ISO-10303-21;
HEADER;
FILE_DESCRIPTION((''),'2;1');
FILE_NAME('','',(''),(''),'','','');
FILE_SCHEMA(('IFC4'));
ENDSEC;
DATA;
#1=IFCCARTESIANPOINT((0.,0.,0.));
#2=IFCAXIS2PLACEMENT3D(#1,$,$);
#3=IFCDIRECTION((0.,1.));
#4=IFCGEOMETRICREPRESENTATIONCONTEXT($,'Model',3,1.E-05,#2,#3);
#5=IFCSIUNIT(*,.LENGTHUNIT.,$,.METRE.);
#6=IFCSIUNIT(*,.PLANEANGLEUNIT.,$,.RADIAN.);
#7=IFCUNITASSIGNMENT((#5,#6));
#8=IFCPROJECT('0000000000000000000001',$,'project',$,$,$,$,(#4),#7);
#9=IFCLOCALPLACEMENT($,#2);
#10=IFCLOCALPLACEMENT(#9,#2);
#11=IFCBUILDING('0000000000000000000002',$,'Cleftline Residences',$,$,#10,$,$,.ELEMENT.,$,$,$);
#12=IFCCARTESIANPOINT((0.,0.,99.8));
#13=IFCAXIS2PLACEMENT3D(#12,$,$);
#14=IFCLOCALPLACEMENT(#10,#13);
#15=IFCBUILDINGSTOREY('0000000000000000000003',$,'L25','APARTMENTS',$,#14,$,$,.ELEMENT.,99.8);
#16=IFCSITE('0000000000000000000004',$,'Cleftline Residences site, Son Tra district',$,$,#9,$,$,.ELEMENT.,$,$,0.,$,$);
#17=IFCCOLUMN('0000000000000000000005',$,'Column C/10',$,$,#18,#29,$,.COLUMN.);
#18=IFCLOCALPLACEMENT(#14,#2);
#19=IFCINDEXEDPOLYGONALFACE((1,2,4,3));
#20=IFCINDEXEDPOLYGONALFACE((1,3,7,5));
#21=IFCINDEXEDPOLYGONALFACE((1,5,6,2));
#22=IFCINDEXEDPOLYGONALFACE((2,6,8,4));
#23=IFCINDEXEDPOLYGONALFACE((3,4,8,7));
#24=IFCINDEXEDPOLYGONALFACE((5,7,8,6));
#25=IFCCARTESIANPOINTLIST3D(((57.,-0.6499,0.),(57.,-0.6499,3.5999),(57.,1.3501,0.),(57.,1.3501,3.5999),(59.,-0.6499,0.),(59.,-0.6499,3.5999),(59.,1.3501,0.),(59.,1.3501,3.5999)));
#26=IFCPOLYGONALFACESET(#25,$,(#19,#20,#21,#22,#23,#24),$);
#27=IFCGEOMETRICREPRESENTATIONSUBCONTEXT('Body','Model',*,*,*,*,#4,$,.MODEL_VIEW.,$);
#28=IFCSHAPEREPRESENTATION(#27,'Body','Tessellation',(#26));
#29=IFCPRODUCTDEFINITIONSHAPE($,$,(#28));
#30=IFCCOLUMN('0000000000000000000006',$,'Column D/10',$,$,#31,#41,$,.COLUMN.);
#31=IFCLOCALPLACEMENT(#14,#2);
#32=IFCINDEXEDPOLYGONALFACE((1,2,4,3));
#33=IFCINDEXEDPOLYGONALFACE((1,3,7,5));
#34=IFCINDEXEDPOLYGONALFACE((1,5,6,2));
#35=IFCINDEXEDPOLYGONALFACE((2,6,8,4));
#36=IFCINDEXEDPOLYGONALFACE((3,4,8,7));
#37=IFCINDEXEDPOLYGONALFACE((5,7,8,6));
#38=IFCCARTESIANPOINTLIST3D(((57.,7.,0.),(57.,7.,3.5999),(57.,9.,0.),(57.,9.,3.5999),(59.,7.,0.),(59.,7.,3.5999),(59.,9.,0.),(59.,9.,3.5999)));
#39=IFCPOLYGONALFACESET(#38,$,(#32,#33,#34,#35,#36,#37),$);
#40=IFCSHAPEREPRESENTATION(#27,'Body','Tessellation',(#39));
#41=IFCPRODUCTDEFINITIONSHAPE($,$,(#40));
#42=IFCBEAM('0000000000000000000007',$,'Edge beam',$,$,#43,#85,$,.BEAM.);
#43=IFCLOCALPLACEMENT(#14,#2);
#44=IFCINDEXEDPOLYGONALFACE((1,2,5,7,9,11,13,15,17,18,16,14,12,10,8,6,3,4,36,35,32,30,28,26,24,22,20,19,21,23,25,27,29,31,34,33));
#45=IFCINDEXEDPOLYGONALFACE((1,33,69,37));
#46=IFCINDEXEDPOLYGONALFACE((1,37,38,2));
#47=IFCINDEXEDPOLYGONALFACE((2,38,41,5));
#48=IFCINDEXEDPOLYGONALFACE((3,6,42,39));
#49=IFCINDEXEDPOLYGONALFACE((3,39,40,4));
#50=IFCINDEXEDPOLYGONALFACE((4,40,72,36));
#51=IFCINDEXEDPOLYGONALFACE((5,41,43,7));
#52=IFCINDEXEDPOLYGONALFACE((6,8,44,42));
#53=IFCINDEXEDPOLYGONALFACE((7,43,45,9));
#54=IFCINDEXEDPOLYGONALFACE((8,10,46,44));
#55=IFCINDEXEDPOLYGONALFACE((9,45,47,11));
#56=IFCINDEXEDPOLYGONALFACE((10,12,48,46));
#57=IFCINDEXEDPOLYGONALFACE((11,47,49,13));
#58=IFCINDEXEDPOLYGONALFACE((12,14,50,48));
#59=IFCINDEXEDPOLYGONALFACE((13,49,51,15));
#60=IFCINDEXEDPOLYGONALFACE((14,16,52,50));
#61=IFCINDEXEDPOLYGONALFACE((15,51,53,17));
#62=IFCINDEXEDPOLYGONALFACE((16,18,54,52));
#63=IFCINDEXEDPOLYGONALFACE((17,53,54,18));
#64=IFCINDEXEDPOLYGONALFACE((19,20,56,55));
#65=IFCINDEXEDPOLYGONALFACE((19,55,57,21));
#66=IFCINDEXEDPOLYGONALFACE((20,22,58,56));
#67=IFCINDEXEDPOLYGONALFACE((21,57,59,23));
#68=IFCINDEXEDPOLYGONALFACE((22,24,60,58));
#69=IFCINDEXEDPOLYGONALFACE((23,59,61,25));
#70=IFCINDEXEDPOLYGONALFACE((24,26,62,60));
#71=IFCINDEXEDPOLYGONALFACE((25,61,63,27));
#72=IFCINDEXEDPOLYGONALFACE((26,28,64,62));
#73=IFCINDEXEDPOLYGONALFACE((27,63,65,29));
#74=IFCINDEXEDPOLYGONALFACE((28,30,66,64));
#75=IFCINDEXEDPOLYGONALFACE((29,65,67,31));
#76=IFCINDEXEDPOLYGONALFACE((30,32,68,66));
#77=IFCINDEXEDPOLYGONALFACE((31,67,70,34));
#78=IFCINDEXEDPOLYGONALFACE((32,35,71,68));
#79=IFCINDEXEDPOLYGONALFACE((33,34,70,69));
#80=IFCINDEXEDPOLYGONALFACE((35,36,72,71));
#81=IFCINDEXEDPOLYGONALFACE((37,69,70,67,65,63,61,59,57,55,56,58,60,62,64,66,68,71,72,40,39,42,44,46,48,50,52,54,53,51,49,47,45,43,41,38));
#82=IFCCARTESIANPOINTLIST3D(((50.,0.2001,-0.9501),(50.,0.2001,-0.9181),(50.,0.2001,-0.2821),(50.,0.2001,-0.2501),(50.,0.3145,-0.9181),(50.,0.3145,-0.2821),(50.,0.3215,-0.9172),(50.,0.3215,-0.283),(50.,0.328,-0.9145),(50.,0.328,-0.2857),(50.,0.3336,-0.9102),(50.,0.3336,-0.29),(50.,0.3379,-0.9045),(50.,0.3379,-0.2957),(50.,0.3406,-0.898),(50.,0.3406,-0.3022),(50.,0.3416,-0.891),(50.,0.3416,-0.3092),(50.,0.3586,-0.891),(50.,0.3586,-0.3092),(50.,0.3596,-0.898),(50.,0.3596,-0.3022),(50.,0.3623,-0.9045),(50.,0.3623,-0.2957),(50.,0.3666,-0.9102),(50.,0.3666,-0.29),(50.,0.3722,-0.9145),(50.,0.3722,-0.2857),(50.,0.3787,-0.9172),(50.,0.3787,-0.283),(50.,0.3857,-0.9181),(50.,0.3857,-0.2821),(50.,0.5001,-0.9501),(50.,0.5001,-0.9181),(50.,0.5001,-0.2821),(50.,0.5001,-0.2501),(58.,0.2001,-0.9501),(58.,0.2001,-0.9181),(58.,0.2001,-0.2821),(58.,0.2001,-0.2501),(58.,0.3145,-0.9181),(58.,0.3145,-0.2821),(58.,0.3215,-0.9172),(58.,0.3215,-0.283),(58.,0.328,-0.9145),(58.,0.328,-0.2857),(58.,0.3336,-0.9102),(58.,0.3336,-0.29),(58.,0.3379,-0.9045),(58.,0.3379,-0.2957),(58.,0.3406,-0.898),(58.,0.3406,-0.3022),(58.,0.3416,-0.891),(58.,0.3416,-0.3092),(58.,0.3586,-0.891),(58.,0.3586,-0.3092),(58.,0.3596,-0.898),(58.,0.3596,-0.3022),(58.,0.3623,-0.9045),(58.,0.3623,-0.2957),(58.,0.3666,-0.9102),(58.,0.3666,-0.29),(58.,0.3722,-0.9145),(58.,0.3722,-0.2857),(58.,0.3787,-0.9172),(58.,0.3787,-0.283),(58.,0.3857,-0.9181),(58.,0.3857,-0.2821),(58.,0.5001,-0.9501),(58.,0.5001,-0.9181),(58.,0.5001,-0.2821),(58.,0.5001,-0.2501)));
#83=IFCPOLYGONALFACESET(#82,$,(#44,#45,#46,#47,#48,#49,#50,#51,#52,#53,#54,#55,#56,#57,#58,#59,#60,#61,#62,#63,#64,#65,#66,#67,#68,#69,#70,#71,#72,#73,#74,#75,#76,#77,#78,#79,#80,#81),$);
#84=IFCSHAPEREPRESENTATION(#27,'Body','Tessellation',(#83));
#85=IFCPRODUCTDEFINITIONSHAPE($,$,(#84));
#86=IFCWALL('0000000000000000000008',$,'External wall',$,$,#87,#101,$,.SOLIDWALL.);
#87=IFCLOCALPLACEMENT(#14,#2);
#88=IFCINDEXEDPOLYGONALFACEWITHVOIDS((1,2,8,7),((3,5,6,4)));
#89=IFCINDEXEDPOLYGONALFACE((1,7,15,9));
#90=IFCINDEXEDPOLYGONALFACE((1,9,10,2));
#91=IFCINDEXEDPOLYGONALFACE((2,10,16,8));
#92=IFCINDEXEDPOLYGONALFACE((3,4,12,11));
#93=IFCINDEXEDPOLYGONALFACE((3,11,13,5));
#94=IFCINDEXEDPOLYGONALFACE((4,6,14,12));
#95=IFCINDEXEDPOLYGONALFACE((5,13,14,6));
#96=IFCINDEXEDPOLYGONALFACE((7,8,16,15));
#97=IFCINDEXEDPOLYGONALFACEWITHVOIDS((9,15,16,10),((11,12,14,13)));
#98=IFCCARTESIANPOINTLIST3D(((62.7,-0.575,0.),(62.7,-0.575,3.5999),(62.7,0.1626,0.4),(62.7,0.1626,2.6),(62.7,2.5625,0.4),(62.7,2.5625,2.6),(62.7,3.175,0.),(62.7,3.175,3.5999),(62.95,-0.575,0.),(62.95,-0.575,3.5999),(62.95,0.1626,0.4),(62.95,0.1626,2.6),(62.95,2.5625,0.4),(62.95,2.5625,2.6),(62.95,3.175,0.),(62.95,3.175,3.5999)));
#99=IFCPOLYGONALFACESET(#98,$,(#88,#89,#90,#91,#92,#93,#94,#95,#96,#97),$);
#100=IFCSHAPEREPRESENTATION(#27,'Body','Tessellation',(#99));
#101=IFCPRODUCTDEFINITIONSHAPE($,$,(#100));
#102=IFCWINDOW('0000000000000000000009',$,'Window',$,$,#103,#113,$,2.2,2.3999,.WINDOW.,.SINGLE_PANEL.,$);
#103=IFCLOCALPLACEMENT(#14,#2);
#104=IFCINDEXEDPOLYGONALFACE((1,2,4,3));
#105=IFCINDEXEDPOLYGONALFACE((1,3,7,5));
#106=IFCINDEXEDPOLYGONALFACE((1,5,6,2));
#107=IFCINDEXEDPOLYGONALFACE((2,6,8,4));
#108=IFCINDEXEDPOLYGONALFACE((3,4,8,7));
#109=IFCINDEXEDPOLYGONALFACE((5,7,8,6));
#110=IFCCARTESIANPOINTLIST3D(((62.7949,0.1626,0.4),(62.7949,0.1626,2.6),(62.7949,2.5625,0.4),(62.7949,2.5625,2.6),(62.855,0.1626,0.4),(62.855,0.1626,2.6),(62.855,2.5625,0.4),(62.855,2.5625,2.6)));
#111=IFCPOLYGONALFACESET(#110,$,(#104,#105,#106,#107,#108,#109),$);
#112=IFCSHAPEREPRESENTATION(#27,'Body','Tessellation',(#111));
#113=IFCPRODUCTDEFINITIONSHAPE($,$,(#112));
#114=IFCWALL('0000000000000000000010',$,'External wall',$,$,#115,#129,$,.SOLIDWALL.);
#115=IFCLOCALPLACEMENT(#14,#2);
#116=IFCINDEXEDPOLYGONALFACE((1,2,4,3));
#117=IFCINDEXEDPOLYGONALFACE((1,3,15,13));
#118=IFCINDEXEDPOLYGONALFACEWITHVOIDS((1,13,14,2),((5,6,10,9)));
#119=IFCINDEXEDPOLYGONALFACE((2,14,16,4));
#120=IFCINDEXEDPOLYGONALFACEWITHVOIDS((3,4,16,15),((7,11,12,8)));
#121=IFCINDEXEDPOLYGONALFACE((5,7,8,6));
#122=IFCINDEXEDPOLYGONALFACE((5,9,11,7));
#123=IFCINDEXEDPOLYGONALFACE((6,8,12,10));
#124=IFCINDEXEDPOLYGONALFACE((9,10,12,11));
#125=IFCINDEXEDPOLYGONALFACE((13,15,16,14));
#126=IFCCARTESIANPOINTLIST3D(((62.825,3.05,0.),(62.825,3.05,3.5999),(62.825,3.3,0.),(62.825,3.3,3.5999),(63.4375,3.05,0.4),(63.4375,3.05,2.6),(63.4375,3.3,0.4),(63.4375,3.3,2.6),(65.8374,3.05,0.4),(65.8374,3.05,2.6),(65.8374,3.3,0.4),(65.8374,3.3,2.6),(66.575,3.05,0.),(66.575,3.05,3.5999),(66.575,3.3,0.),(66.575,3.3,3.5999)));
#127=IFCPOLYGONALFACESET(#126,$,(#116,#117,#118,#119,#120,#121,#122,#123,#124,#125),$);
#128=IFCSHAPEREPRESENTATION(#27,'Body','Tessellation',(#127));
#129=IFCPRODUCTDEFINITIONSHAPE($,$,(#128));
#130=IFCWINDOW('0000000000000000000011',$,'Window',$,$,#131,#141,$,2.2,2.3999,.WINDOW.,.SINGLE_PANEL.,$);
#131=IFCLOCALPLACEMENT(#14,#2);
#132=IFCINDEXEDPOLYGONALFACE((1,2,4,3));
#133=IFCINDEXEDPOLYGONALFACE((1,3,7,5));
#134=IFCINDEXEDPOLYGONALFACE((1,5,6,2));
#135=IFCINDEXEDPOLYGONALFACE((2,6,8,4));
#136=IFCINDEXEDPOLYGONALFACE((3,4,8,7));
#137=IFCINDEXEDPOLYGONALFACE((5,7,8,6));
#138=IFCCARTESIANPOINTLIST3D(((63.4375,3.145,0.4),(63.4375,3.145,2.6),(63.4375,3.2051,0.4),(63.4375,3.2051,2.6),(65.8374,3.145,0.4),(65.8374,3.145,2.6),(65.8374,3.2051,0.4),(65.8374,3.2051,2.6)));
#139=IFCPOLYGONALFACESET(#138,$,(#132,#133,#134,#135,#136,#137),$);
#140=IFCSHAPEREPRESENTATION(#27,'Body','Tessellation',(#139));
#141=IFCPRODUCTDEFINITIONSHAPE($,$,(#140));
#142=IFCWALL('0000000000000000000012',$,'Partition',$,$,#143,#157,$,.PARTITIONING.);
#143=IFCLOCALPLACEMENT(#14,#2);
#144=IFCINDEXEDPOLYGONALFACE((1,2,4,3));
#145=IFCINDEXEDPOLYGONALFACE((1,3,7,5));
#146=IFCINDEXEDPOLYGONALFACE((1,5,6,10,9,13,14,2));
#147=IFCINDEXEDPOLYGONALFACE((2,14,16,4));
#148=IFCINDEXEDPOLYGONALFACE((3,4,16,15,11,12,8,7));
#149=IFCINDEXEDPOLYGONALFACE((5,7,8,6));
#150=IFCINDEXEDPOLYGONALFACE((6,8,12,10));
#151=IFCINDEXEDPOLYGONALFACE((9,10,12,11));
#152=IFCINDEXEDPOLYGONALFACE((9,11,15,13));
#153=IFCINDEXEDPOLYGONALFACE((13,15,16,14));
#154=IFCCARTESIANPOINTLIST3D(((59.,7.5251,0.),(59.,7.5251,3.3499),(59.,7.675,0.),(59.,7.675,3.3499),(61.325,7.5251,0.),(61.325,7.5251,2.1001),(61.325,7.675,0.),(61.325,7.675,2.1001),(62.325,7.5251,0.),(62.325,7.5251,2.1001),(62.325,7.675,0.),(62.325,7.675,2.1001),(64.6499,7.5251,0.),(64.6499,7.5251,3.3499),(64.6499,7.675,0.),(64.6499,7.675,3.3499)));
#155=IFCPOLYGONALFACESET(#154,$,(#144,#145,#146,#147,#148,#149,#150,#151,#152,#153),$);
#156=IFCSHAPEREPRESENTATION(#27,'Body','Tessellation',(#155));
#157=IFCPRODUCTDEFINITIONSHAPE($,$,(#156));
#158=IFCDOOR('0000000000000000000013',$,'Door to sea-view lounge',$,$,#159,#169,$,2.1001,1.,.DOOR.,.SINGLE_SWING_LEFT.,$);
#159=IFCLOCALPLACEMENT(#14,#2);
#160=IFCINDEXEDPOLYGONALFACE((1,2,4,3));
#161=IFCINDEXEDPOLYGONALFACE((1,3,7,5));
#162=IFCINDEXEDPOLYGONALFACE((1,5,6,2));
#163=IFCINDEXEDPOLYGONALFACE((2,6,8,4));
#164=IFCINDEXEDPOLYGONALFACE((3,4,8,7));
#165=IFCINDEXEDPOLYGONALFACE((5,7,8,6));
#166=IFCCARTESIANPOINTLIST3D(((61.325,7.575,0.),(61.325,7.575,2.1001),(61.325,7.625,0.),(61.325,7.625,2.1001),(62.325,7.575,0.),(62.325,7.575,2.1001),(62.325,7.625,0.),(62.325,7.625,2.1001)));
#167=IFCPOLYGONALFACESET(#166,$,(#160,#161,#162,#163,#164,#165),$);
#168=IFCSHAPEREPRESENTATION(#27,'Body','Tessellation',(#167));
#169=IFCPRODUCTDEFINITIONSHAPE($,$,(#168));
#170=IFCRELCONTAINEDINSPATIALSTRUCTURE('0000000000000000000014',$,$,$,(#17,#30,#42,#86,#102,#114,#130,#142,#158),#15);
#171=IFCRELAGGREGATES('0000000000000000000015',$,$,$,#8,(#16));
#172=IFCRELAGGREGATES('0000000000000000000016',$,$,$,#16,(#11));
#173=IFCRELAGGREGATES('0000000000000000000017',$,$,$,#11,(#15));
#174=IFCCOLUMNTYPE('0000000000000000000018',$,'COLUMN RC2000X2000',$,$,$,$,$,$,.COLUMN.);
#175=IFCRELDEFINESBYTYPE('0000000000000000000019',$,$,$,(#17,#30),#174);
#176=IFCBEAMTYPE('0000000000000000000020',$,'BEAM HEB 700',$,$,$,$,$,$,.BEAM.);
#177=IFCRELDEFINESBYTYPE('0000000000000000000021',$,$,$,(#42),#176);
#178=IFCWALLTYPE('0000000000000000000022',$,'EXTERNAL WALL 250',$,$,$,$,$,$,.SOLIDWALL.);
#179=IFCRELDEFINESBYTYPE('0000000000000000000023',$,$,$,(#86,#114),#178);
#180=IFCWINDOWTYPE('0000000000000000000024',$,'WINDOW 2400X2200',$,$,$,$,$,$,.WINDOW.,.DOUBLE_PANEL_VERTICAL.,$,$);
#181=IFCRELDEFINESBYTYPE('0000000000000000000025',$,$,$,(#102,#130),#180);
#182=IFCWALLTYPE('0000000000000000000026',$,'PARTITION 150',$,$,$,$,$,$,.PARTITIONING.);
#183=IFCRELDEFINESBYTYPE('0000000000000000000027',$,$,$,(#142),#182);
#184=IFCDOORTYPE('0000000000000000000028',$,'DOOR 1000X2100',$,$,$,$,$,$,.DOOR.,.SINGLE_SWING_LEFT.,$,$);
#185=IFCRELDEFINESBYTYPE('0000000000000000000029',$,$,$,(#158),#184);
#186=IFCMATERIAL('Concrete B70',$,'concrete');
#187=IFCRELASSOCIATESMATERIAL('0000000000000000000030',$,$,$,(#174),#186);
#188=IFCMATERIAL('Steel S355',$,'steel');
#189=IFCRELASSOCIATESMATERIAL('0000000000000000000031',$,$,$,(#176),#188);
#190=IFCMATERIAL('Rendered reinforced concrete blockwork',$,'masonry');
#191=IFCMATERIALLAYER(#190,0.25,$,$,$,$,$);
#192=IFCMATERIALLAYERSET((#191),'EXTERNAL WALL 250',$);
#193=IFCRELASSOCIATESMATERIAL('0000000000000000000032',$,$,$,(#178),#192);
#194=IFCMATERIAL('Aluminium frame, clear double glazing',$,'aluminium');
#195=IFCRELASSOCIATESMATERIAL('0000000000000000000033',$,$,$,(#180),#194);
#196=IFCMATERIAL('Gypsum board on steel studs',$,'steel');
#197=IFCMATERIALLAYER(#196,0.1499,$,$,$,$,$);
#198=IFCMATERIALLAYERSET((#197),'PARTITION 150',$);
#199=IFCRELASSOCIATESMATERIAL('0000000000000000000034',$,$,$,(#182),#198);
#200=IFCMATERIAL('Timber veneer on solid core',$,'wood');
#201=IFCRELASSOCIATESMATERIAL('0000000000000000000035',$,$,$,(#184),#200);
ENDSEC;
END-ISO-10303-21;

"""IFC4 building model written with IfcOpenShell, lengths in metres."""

from ifc_helpers import new_model, si_unit, direction, frame, frame_2d, origin, origin_2d, place, context, subcontext, project, spatial, rectangle, i_section, extrude, material, layer, layer_set, material_profile, profile_set, type_object, element, fill, save


model = new_model("IFC4")

# Units and contexts
model_context = context("Model", 3, precision=1e-05, world=origin(), true_north=direction((0.0, 1.0)))
body_context = subcontext(model_context, "Body", "Model", "MODEL_VIEW")
ifc_project = project(units=[si_unit("LENGTHUNIT", "METRE"), si_unit("PLANEANGLEUNIT", "RADIAN")], contexts=[model_context])

# Site, building, storey
site_placement = place(None, origin())
site = spatial("IfcSite", under=ifc_project, at=site_placement, Name="Cleftline Residences site, Son Tra district", CompositionType="ELEMENT", RefElevation=0.0)
building_placement = place(site_placement, origin())
building = spatial("IfcBuilding", under=site, at=building_placement, Name="Cleftline Residences", CompositionType="ELEMENT")
storey_placement = place(building_placement, frame((0.0, 0.0, 99.8)))
storey = spatial("IfcBuildingStorey", under=building, at=storey_placement, Name="L25", Description="APARTMENTS", CompositionType="ELEMENT", Elevation=99.8)

# Columns
ifc_material_1 = material(Name="Concrete B70", Category="concrete")
ifc_material_profile_1 = material_profile(ifc_material_1, rectangle(XDim=2.0, YDim=2.0, at=origin_2d()))
ifc_profile_set_1 = profile_set([ifc_material_profile_1], Name="Concrete B70")
column_type = type_object("IfcColumnType", Name="COLUMN RC2000X2000", PredefinedType="COLUMN", material=ifc_profile_set_1)
for number, where, z_axis, x_axis, name in (
    (1, (58.0, 0.3501, 0.0), (0.0, 0.0, 1.0), (1.0, 0.0, 0.0), "Column C/10"),
    (2, (58.0, 8.0, 0.0), (0.0, 0.0, 1.0), (1.0, 0.0, 0.0), "Column D/10"),
):
    element("IfcColumn", number, at=place(storey_placement, frame(where, z_axis=z_axis, x_axis=x_axis)), inside=storey, type_object=column_type, Name=name, PredefinedType="COLUMN", context=body_context, shape_type="SweptSolid", body=[
        extrude(rectangle(XDim=2.0, YDim=2.0, at=origin_2d()), origin(), (0.0, 0.0, 1.0), 3.5999),
    ])

# Beam
ifc_material_2 = material(Name="Steel S355", Category="steel")
ifc_material_profile_2 = material_profile(ifc_material_2, i_section(OverallWidth=0.3, OverallDepth=0.7, WebThickness=0.0171, FlangeThickness=0.032, FilletRadius=0.0271, at=origin_2d()))
ifc_profile_set_2 = profile_set([ifc_material_profile_2], Name="Steel S355")
beam_type = type_object("IfcBeamType", Name="BEAM HEB 700", PredefinedType="BEAM", material=ifc_profile_set_2)
beam_placement = place(storey_placement, frame((58.0, 0.3501, -0.6001), z_axis=(-1.0, 0.0, 0.0), x_axis=(0.0, -1.0, 0.0)))
element("IfcBeam", 3, at=beam_placement, inside=storey, type_object=beam_type, Name="Edge beam", PredefinedType="BEAM", context=body_context, shape_type="SweptSolid", body=[
    extrude(i_section(OverallWidth=0.3, OverallDepth=0.7, WebThickness=0.0171, FlangeThickness=0.032, FilletRadius=0.0271, at=origin_2d()), origin(), (0.0, 0.0, 1.0), 8.0),
])

# Walls, openings, windows
ifc_material_3 = material(Name="Rendered reinforced concrete blockwork", Category="masonry")
ifc_layer_1 = layer(ifc_material_3, 0.25)
ifc_layer_set_1 = layer_set([ifc_layer_1], Name="EXTERNAL WALL 250")
wall_type_1 = type_object("IfcWallType", Name="EXTERNAL WALL 250", PredefinedType="SOLIDWALL", material=ifc_layer_set_1)
wall_1_placement = place(storey_placement, frame((62.825, -0.575, 0.0), z_axis=(0.0, 0.0, 1.0), x_axis=(0.0, 1.0, 0.0)))
wall_1 = element("IfcWall", 4, at=wall_1_placement, inside=storey, type_object=wall_type_1, Name="External wall", PredefinedType="SOLIDWALL", context=body_context, shape_type="SweptSolid", body=[
    extrude(rectangle(XDim=3.75, YDim=0.25, at=frame_2d((1.875, 0.0))), origin(), (0.0, 0.0, 1.0), 3.5999),
])
opening_1_placement = place(wall_1_placement, frame((0.7375, 0.0, 0.3999)))
opening_1 = element("IfcOpeningElement", 5, at=opening_1_placement, cuts=wall_1, PredefinedType="OPENING", context=body_context, shape_type="SweptSolid", body=[
    extrude(rectangle(XDim=2.3999, YDim=2.2, at=frame_2d((1.2, 1.1001))), frame((0.0, 0.135, 0.0), z_axis=(0.0, -1.0, 0.0), x_axis=(1.0, 0.0, 0.0)), (0.0, 0.0, 1.0), 0.27),
])
ifc_material_4 = material(Name="Aluminium frame, clear double glazing", Category="aluminium")
window_type = type_object("IfcWindowType", Name="WINDOW 2400X2200", PartitioningType="DOUBLE_PANEL_VERTICAL", PredefinedType="WINDOW", material=ifc_material_4)
window_1_placement = place(opening_1_placement, origin())
window_1 = element("IfcWindow", 6, at=window_1_placement, inside=storey, type_object=window_type, Name="Window", OverallHeight=2.2, OverallWidth=2.3999, PartitioningType="SINGLE_PANEL", PredefinedType="WINDOW", context=body_context, shape_type="SweptSolid", body=[
    extrude(rectangle(XDim=2.3999, YDim=2.2, at=frame_2d((1.2, 1.1001))), frame((0.0, 0.03, 0.0), z_axis=(0.0, -1.0, 0.0), x_axis=(1.0, 0.0, 0.0)), (0.0, 0.0, 1.0), 0.0601),
])
fill(opening_1, window_1)
wall_2_placement = place(storey_placement, frame((62.825, 3.175, 0.0), z_axis=(0.0, 0.0, 1.0), x_axis=(1.0, 0.0, 0.0)))
wall_2 = element("IfcWall", 7, at=wall_2_placement, inside=storey, type_object=wall_type_1, Name="External wall", PredefinedType="SOLIDWALL", context=body_context, shape_type="SweptSolid", body=[
    extrude(rectangle(XDim=3.75, YDim=0.25, at=frame_2d((1.875, 0.0))), origin(), (0.0, 0.0, 1.0), 3.5999),
])
opening_2_placement = place(wall_2_placement, frame((0.6125, 0.0, 0.3999)))
opening_2 = element("IfcOpeningElement", 8, at=opening_2_placement, cuts=wall_2, PredefinedType="OPENING", context=body_context, shape_type="SweptSolid", body=[
    extrude(rectangle(XDim=2.3999, YDim=2.2, at=frame_2d((1.2, 1.1001))), frame((0.0, 0.135, 0.0), z_axis=(0.0, -1.0, 0.0), x_axis=(1.0, 0.0, 0.0)), (0.0, 0.0, 1.0), 0.27),
])
window_2_placement = place(opening_2_placement, origin())
window_2 = element("IfcWindow", 9, at=window_2_placement, inside=storey, type_object=window_type, Name="Window", OverallHeight=2.2, OverallWidth=2.3999, PartitioningType="SINGLE_PANEL", PredefinedType="WINDOW", context=body_context, shape_type="SweptSolid", body=[
    extrude(rectangle(XDim=2.3999, YDim=2.2, at=frame_2d((1.2, 1.1001))), frame((0.0, 0.03, 0.0), z_axis=(0.0, -1.0, 0.0), x_axis=(1.0, 0.0, 0.0)), (0.0, 0.0, 1.0), 0.0601),
])
fill(opening_2, window_2)

# Wall, opening, door
ifc_material_5 = material(Name="Gypsum board on steel studs", Category="steel")
ifc_layer_2 = layer(ifc_material_5, 0.1499)
ifc_layer_set_2 = layer_set([ifc_layer_2], Name="PARTITION 150")
wall_type_2 = type_object("IfcWallType", Name="PARTITION 150", PredefinedType="PARTITIONING", material=ifc_layer_set_2)
wall_3_placement = place(storey_placement, frame((59.0, 7.6001, 0.0), z_axis=(0.0, 0.0, 1.0), x_axis=(1.0, 0.0, 0.0)))
wall_3 = element("IfcWall", 10, at=wall_3_placement, inside=storey, type_object=wall_type_2, Name="Partition", PredefinedType="PARTITIONING", context=body_context, shape_type="SweptSolid", body=[
    extrude(rectangle(XDim=5.6499, YDim=0.1499, at=frame_2d((2.825, 0.0))), origin(), (0.0, 0.0, 1.0), 3.3499),
])
opening_3_placement = place(wall_3_placement, frame((2.325, 0.0, 0.0)))
opening_3 = element("IfcOpeningElement", 11, at=opening_3_placement, cuts=wall_3, PredefinedType="OPENING", context=body_context, shape_type="SweptSolid", body=[
    extrude(rectangle(XDim=1.0, YDim=2.1001, at=frame_2d((0.5, 1.05))), frame((0.0, 0.085, 0.0), z_axis=(0.0, -1.0, 0.0), x_axis=(1.0, 0.0, 0.0)), (0.0, 0.0, 1.0), 0.1699),
])
ifc_material_6 = material(Name="Timber veneer on solid core", Category="wood")
door_type_1 = type_object("IfcDoorType", Name="DOOR 1000X2100", OperationType="SINGLE_SWING_LEFT", PredefinedType="DOOR", material=ifc_material_6)
door_1_placement = place(opening_3_placement, origin())
door_1 = element("IfcDoor", 12, at=door_1_placement, inside=storey, type_object=door_type_1, Name="Door to sea-view lounge", OperationType="SINGLE_SWING_LEFT", OverallHeight=2.1001, OverallWidth=1.0, PredefinedType="DOOR", context=body_context, shape_type="SweptSolid", body=[
    extrude(rectangle(XDim=1.0, YDim=2.1001, at=frame_2d((0.5, 1.05))), frame((0.0, 0.0249, 0.0), z_axis=(0.0, -1.0, 0.0), x_axis=(1.0, 0.0, 0.0)), (0.0, 0.0, 1.0), 0.05),
])
fill(opening_3, door_1)

save(model, "model.ifc")
